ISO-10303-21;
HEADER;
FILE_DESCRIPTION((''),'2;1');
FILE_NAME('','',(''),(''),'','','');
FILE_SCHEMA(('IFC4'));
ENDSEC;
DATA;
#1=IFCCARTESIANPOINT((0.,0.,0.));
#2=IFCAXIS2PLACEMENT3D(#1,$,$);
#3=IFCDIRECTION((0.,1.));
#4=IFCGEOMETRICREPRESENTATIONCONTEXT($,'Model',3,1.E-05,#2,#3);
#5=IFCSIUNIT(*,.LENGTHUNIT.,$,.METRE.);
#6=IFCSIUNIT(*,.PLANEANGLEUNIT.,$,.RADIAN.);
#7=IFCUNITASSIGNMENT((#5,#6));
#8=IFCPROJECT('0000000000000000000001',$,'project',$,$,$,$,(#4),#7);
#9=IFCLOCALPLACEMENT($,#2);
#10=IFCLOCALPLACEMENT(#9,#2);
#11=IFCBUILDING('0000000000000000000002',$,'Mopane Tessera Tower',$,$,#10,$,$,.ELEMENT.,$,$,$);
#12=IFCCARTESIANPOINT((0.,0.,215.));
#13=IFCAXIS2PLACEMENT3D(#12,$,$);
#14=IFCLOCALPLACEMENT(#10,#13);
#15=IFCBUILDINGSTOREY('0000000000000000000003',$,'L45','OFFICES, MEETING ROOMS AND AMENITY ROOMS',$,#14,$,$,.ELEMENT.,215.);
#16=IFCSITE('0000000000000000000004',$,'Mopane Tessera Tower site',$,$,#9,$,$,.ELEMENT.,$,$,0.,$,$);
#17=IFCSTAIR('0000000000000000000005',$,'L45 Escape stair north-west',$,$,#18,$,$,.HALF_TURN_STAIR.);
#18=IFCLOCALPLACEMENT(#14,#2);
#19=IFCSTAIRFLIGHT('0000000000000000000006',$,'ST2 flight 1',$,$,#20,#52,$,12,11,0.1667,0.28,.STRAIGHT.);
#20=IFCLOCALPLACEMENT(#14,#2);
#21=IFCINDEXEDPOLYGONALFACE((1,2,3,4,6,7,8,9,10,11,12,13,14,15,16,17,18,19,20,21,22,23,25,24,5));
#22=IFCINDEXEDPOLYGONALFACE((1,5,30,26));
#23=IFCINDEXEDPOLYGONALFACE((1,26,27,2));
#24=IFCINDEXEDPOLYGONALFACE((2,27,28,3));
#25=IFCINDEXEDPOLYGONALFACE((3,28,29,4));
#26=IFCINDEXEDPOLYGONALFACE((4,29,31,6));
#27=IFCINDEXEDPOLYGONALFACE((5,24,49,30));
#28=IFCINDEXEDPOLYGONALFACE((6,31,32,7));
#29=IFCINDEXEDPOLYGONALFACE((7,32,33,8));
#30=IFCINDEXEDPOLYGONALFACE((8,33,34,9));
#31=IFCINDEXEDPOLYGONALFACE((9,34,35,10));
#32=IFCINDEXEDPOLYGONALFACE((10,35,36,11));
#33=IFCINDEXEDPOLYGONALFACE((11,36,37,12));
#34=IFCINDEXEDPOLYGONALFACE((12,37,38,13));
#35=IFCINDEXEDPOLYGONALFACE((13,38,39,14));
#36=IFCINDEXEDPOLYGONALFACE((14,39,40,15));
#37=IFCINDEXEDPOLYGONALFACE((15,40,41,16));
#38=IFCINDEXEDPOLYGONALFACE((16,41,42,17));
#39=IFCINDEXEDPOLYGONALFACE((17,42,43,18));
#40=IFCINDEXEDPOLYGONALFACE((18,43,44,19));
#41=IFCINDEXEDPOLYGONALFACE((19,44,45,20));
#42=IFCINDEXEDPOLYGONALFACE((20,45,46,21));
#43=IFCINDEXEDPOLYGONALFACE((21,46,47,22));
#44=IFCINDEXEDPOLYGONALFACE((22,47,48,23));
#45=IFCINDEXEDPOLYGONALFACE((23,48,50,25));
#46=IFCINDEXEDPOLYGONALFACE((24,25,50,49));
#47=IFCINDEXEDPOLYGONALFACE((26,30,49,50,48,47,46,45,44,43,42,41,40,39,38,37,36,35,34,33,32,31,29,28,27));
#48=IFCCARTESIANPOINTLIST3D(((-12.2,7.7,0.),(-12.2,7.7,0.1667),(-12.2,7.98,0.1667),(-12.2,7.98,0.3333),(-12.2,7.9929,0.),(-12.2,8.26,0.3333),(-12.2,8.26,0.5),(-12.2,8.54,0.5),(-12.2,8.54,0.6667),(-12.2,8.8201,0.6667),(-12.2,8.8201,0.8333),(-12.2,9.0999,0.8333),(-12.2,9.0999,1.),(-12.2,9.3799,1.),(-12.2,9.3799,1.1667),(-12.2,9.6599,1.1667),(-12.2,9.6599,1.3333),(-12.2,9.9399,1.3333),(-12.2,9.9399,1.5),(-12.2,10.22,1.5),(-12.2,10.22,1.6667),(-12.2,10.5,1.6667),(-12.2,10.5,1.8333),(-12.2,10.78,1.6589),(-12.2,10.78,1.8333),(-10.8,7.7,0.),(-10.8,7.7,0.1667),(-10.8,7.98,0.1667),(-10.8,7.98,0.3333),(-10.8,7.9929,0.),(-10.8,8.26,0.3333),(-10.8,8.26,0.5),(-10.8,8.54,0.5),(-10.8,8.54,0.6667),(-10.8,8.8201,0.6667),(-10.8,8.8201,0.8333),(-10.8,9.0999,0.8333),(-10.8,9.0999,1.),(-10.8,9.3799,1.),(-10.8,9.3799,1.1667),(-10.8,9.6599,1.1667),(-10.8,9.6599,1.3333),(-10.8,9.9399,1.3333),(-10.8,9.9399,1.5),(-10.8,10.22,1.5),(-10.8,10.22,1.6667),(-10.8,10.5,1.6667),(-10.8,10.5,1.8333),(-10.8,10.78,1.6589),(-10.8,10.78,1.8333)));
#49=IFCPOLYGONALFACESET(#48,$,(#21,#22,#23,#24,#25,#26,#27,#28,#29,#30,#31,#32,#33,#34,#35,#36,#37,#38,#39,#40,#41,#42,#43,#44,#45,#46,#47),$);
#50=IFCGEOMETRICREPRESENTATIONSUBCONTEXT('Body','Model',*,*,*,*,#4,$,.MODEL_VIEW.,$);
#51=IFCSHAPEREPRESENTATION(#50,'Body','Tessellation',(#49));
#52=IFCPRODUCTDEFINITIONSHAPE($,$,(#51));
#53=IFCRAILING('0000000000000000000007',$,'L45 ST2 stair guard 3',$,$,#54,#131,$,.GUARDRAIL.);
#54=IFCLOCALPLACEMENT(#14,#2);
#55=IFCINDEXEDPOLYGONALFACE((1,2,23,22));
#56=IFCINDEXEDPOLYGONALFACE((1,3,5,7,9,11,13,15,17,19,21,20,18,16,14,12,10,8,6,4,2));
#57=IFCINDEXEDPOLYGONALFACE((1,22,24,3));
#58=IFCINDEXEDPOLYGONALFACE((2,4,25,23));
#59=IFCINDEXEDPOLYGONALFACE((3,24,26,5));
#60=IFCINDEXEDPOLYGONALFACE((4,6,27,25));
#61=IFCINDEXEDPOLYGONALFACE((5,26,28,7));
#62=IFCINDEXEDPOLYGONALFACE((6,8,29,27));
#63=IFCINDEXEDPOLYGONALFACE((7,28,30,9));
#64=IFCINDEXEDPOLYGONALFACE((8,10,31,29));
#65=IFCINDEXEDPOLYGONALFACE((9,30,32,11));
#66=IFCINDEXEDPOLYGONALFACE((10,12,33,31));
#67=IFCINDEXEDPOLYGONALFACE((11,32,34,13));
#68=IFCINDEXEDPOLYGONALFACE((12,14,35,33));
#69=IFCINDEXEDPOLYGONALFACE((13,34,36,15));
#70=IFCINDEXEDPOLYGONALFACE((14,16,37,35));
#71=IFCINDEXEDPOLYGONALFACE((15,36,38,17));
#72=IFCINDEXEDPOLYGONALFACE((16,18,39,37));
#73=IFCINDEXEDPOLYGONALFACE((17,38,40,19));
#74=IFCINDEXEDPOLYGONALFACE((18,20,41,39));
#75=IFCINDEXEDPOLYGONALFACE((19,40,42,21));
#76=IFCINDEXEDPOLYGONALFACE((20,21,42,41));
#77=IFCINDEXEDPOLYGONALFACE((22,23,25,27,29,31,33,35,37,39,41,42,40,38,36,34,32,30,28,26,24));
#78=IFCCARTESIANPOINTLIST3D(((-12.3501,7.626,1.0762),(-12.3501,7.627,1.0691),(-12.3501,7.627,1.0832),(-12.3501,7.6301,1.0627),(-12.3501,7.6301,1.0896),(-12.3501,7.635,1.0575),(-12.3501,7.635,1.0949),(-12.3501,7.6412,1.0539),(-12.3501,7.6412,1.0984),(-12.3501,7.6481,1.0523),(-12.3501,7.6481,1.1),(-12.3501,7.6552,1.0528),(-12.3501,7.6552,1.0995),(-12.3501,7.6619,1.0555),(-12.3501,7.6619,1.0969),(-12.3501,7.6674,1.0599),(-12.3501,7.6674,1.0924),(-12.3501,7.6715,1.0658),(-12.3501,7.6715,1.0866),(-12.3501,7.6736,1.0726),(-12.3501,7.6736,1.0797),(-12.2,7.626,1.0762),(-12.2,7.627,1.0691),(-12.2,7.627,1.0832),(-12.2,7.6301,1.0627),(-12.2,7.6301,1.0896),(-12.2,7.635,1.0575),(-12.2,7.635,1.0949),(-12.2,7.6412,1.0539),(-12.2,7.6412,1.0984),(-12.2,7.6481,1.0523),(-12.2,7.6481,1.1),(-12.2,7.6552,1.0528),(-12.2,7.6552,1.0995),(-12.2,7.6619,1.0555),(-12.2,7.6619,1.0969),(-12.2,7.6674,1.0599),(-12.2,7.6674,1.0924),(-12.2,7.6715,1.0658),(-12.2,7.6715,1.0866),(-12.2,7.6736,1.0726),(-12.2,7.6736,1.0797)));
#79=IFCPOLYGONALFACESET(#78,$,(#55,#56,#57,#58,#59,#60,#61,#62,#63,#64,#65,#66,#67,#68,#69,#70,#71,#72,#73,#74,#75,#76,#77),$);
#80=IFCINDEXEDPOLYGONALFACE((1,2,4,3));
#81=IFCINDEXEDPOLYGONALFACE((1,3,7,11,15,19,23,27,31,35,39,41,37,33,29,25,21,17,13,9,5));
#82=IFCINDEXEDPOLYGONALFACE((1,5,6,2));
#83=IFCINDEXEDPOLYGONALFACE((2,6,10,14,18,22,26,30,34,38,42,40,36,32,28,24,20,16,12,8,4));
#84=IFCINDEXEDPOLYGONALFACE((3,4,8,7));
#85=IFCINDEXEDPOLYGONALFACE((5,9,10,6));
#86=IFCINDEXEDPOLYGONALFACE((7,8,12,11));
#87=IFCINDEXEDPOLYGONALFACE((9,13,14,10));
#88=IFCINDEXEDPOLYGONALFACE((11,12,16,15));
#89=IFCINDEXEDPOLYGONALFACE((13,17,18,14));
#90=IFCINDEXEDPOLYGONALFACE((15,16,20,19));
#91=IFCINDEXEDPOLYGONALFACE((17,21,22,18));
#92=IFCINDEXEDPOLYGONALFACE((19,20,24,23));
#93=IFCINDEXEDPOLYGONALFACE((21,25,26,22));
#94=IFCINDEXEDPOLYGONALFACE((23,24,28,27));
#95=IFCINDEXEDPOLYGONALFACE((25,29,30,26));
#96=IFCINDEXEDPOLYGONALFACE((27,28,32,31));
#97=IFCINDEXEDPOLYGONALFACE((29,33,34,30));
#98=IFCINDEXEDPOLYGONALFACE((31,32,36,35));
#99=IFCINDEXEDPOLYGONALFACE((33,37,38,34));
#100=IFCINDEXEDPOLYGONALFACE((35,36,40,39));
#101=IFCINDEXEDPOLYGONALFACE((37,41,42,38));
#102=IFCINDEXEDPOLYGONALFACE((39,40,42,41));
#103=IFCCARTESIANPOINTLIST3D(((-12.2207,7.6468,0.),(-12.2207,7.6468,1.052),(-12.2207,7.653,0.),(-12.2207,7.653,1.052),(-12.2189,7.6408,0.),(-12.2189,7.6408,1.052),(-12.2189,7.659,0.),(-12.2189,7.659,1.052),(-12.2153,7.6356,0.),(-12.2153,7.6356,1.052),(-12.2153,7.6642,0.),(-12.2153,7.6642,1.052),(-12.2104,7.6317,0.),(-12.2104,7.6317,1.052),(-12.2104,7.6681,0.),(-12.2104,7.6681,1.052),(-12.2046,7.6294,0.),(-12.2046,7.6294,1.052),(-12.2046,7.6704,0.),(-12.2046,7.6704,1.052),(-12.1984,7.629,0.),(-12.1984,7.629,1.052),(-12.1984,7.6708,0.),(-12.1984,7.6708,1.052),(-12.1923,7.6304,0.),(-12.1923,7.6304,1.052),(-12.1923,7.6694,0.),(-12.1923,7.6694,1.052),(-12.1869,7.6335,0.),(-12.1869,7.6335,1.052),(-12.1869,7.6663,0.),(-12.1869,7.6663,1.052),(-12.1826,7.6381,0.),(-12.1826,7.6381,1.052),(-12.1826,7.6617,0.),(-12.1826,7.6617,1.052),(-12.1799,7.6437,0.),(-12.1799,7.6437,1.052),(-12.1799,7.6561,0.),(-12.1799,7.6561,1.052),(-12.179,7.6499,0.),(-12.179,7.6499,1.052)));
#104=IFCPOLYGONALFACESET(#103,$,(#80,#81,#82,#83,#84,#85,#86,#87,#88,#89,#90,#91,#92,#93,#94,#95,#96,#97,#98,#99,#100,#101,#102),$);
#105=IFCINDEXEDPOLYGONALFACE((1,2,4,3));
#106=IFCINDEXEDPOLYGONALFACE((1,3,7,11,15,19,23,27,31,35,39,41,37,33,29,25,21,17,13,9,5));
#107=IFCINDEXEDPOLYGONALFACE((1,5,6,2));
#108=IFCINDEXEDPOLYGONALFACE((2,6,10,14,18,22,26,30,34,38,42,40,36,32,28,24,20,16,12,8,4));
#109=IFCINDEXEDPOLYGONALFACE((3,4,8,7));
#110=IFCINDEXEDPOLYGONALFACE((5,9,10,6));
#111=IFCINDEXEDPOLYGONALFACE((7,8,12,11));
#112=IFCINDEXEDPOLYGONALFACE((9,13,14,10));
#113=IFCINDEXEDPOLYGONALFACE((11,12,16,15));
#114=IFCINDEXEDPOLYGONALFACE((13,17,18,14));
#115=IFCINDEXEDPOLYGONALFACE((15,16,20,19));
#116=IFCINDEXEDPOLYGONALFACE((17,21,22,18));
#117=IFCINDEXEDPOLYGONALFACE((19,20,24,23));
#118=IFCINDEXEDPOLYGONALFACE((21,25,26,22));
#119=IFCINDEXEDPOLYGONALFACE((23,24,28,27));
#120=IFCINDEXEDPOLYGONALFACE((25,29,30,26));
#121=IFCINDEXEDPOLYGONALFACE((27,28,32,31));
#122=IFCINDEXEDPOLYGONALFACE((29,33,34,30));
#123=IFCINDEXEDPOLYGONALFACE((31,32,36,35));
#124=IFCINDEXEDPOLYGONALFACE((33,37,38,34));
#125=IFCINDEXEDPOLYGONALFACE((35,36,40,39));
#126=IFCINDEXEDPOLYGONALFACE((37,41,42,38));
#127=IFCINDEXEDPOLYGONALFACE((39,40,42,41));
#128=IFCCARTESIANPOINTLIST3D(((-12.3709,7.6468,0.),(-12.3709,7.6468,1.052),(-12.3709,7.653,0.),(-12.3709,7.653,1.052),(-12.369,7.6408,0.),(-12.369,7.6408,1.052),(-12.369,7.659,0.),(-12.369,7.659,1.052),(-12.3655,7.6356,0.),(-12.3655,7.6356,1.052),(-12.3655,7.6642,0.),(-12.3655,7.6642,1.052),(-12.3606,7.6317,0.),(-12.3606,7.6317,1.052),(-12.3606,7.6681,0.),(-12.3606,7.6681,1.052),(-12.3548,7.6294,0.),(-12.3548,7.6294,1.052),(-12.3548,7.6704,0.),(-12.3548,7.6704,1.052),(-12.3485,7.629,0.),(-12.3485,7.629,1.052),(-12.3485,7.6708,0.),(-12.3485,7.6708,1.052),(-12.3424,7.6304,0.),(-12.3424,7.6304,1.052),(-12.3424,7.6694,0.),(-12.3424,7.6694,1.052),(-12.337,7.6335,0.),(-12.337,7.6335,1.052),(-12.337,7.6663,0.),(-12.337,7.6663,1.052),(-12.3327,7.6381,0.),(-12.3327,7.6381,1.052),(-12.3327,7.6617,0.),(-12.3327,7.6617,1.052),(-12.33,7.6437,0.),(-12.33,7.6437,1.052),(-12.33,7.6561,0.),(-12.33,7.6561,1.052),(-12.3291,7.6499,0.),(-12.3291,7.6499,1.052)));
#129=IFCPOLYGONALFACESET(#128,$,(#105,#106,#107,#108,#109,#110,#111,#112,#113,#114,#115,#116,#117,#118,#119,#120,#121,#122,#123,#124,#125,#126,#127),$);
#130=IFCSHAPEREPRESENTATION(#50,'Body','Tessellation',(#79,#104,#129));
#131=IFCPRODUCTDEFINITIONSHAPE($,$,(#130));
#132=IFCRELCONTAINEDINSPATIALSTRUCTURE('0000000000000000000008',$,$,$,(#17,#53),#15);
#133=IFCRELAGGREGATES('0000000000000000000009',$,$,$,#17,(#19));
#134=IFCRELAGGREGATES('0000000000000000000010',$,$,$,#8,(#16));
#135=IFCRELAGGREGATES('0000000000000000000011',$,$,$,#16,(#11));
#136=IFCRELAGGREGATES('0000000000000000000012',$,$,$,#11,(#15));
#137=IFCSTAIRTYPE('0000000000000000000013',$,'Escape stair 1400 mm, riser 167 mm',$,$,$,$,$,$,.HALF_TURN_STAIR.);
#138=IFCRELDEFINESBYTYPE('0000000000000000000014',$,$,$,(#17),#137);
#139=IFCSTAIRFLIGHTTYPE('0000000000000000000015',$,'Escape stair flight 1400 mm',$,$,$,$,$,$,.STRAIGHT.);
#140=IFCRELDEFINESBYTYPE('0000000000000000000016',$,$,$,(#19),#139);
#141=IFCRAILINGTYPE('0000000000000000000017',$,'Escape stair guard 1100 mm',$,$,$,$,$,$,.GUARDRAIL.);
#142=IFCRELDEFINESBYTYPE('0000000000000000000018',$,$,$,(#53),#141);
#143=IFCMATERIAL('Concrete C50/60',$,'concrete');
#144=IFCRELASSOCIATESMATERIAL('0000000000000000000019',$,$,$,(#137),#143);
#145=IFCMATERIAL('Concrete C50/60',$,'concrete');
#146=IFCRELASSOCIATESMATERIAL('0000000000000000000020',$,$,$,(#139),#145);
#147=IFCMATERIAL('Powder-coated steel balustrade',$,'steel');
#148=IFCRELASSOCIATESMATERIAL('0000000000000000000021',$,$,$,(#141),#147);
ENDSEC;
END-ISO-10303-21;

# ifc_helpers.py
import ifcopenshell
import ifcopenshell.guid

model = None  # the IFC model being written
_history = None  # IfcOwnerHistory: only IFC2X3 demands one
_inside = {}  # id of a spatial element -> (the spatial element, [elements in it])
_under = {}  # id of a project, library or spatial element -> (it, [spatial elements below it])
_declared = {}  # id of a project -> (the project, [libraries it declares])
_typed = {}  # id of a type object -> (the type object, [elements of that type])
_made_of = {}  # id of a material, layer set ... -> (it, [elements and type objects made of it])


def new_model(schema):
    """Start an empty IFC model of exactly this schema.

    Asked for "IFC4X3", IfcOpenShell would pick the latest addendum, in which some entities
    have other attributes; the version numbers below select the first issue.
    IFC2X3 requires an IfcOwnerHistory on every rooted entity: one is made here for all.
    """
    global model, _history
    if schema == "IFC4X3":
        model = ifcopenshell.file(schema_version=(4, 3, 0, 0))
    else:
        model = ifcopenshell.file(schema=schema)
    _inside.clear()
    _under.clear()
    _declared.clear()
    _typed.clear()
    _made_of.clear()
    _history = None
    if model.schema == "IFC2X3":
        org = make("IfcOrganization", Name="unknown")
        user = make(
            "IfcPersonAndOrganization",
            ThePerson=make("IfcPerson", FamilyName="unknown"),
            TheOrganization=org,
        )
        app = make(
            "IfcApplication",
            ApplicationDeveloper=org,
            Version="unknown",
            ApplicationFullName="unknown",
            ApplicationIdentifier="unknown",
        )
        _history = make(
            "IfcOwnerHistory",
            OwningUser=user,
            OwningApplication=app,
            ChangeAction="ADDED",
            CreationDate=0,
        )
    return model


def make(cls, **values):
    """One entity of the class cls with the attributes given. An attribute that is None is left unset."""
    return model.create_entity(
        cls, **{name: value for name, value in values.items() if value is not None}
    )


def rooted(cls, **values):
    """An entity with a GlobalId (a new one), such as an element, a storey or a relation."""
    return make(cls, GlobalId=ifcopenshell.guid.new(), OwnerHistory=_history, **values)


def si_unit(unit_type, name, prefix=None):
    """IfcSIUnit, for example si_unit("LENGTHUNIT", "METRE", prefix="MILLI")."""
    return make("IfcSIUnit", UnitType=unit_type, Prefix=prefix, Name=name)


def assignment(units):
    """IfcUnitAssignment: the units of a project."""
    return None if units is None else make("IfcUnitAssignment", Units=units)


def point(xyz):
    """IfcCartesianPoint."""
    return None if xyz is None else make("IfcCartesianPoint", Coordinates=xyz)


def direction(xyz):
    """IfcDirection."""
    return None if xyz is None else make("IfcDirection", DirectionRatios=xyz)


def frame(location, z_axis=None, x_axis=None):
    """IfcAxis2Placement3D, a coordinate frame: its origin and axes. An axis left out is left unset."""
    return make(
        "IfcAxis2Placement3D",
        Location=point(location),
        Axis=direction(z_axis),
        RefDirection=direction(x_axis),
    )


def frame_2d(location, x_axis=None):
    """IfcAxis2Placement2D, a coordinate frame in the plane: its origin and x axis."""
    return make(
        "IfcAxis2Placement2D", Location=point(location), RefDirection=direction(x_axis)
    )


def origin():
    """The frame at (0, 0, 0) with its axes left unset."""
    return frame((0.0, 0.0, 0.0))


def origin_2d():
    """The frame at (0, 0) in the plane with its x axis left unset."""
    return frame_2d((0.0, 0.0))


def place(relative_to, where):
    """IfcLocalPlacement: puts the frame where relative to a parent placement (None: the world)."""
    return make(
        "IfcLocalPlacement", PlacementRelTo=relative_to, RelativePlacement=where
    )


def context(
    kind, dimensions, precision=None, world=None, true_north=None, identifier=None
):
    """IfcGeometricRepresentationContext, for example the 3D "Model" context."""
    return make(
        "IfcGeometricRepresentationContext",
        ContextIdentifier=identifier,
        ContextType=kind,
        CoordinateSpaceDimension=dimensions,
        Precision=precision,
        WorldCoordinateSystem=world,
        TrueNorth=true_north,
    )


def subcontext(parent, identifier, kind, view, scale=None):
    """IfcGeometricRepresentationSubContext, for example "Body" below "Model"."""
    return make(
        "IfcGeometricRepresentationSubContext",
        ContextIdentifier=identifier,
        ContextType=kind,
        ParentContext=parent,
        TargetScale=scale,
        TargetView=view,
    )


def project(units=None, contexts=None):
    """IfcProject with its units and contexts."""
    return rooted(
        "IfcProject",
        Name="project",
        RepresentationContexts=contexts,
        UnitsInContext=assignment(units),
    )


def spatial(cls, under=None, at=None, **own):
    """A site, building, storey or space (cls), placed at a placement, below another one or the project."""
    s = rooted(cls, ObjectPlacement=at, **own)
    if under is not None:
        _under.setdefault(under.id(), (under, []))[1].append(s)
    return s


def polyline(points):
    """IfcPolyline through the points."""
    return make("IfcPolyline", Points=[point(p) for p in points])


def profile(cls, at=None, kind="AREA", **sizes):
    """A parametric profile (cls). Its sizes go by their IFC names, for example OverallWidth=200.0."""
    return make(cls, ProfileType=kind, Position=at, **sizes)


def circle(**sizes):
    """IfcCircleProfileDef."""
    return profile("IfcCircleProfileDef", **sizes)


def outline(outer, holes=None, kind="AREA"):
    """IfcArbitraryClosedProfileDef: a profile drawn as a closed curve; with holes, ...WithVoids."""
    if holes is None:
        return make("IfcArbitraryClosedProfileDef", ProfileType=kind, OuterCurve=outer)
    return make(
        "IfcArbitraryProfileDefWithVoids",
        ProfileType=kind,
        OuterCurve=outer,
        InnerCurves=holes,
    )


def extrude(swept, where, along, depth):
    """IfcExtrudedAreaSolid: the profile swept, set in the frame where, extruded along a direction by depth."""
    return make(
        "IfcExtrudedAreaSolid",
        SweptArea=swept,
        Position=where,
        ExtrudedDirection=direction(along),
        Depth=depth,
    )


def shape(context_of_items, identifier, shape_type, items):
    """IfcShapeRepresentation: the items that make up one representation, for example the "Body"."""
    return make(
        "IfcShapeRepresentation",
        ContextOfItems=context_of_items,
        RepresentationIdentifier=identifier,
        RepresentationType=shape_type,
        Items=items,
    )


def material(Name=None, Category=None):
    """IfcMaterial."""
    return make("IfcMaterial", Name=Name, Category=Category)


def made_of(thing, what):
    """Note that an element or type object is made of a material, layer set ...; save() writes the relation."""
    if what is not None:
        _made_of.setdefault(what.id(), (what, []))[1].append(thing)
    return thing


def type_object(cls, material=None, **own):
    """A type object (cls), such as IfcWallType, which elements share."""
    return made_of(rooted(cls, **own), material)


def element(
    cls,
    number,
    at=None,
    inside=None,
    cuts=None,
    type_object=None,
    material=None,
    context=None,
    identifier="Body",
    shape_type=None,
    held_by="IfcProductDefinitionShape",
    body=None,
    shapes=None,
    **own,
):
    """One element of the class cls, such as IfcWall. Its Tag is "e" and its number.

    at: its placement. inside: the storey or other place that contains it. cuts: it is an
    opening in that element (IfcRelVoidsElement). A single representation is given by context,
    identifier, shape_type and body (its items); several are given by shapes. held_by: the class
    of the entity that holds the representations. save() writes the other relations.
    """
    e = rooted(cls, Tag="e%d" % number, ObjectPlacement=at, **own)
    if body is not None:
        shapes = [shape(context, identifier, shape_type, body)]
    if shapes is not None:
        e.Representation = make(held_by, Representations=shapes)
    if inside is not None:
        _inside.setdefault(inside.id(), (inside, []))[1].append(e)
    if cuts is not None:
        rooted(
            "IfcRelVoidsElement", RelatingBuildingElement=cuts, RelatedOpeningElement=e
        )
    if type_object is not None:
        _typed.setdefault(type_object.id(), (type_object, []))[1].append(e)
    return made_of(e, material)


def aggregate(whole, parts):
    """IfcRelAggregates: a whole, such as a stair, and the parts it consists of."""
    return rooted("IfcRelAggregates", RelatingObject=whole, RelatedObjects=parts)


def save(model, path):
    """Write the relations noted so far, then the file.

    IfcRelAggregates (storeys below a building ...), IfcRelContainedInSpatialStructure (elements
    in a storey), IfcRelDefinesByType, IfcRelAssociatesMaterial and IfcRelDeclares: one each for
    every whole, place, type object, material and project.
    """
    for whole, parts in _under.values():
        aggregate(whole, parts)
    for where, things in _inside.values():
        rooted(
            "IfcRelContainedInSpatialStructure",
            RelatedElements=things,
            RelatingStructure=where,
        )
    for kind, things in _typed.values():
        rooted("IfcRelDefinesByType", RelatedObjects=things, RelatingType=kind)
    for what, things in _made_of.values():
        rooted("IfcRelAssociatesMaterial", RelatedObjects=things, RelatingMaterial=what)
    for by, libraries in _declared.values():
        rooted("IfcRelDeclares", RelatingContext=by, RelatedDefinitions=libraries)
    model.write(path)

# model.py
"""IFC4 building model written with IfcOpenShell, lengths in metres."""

from ifc_helpers import new_model, si_unit, direction, frame, origin, origin_2d, place, context, subcontext, project, spatial, polyline, circle, outline, extrude, material, type_object, element, aggregate, save


model = new_model("IFC4")

# Units and contexts
model_context = context("Model", 3, precision=1e-05, world=origin(), true_north=direction((0.0, 1.0)))
body_context = subcontext(model_context, "Body", "Model", "MODEL_VIEW")
ifc_project = project(units=[si_unit("LENGTHUNIT", "METRE"), si_unit("PLANEANGLEUNIT", "RADIAN")], contexts=[model_context])

# Site, building, storey
site_placement = place(None, origin())
site = spatial("IfcSite", under=ifc_project, at=site_placement, Name="Mopane Tessera Tower site", CompositionType="ELEMENT", RefElevation=0.0)
building_placement = place(site_placement, origin())
building = spatial("IfcBuilding", under=site, at=building_placement, Name="Mopane Tessera Tower", CompositionType="ELEMENT")
storey_placement = place(building_placement, frame((0.0, 0.0, 215.0)))
storey = spatial("IfcBuildingStorey", under=building, at=storey_placement, Name="L45", Description="OFFICES, MEETING ROOMS AND AMENITY ROOMS", CompositionType="ELEMENT", Elevation=215.0)

# Stair, stair flight
ifc_material_1 = material(Name="Concrete C50/60", Category="concrete")
stair_type = type_object("IfcStairType", Name="Escape stair 1400 mm, riser 167 mm", PredefinedType="HALF_TURN_STAIR", material=ifc_material_1)
stair_placement = place(storey_placement, origin())
stair = element("IfcStair", 1, at=stair_placement, inside=storey, type_object=stair_type, Name="L45 Escape stair north-west", PredefinedType="HALF_TURN_STAIR")
ifc_material_2 = material(Name="Concrete C50/60", Category="concrete")
stair_flight_type = type_object("IfcStairFlightType", Name="Escape stair flight 1400 mm", PredefinedType="STRAIGHT", material=ifc_material_2)
stair_flight_placement = place(storey_placement, frame((-11.5, 7.7, 0.0), z_axis=(0.0, 0.0, 1.0), x_axis=(0.0, 1.0, 0.0)))
stair_flight = element("IfcStairFlight", 2, at=stair_flight_placement, type_object=stair_flight_type, Name="ST2 flight 1", NumberOfRisers=12, NumberOfTreads=11, PredefinedType="STRAIGHT", RiserHeight=0.1667, TreadLength=0.28, context=body_context, shape_type="SweptSolid", body=[
    extrude(outline(polyline([(0.0, 0.0), (0.0, 0.1667), (0.28, 0.1667), (0.28, 0.3333), (0.5601, 0.3333), (0.5601, 0.5), (0.8401, 0.5), (0.8401, 0.6667), (1.1201, 0.6667), (1.1201, 0.8333), (1.3999, 0.8333), (1.3999, 1.0), (1.6799, 1.0), (1.6799, 1.1667), (1.96, 1.1667), (1.96, 1.3333), (2.24, 1.3333), (2.24, 1.5), (2.52, 1.5), (2.52, 1.6667), (2.8, 1.6667), (2.8, 1.8333), (3.0801, 1.8333), (3.0801, 2.0), (3.0801, 1.6589), (0.293, 0.0), (0.0, 0.0)])), frame((0.0, 0.7, 0.0), z_axis=(0.0, -1.0, 0.0), x_axis=(1.0, 0.0, 0.0)), (0.0, 0.0, 1.0), 1.3999),
])
aggregate(stair, [stair_flight])

# Railing
ifc_material_3 = material(Name="Powder-coated steel balustrade", Category="steel")
railing_type_1 = type_object("IfcRailingType", Name="Escape stair guard 1100 mm", PredefinedType="GUARDRAIL", material=ifc_material_3)
railing_1_placement = place(storey_placement, frame((-12.2, 7.6499, 0.0)))
element("IfcRailing", 3, at=railing_1_placement, inside=storey, type_object=railing_type_1, Name="L45 ST2 stair guard 3", PredefinedType="GUARDRAIL", context=body_context, shape_type="SweptSolid", body=[
    extrude(circle(Radius=0.0239, at=origin_2d()), frame((0.0, 0.0, 1.0762), z_axis=(-1.0, 0.0, 0.0), x_axis=(0.0, -1.0, 0.0)), (0.0, 0.0, 1.0), 0.1501),
    extrude(circle(Radius=0.021, at=origin_2d()), origin(), (0.0, 0.0, 1.0), 1.052),
    extrude(circle(Radius=0.021, at=origin_2d()), frame((-0.1501, 0.0, 0.0)), (0.0, 0.0, 1.0), 1.052),
])

save(model, "model.ifc")
